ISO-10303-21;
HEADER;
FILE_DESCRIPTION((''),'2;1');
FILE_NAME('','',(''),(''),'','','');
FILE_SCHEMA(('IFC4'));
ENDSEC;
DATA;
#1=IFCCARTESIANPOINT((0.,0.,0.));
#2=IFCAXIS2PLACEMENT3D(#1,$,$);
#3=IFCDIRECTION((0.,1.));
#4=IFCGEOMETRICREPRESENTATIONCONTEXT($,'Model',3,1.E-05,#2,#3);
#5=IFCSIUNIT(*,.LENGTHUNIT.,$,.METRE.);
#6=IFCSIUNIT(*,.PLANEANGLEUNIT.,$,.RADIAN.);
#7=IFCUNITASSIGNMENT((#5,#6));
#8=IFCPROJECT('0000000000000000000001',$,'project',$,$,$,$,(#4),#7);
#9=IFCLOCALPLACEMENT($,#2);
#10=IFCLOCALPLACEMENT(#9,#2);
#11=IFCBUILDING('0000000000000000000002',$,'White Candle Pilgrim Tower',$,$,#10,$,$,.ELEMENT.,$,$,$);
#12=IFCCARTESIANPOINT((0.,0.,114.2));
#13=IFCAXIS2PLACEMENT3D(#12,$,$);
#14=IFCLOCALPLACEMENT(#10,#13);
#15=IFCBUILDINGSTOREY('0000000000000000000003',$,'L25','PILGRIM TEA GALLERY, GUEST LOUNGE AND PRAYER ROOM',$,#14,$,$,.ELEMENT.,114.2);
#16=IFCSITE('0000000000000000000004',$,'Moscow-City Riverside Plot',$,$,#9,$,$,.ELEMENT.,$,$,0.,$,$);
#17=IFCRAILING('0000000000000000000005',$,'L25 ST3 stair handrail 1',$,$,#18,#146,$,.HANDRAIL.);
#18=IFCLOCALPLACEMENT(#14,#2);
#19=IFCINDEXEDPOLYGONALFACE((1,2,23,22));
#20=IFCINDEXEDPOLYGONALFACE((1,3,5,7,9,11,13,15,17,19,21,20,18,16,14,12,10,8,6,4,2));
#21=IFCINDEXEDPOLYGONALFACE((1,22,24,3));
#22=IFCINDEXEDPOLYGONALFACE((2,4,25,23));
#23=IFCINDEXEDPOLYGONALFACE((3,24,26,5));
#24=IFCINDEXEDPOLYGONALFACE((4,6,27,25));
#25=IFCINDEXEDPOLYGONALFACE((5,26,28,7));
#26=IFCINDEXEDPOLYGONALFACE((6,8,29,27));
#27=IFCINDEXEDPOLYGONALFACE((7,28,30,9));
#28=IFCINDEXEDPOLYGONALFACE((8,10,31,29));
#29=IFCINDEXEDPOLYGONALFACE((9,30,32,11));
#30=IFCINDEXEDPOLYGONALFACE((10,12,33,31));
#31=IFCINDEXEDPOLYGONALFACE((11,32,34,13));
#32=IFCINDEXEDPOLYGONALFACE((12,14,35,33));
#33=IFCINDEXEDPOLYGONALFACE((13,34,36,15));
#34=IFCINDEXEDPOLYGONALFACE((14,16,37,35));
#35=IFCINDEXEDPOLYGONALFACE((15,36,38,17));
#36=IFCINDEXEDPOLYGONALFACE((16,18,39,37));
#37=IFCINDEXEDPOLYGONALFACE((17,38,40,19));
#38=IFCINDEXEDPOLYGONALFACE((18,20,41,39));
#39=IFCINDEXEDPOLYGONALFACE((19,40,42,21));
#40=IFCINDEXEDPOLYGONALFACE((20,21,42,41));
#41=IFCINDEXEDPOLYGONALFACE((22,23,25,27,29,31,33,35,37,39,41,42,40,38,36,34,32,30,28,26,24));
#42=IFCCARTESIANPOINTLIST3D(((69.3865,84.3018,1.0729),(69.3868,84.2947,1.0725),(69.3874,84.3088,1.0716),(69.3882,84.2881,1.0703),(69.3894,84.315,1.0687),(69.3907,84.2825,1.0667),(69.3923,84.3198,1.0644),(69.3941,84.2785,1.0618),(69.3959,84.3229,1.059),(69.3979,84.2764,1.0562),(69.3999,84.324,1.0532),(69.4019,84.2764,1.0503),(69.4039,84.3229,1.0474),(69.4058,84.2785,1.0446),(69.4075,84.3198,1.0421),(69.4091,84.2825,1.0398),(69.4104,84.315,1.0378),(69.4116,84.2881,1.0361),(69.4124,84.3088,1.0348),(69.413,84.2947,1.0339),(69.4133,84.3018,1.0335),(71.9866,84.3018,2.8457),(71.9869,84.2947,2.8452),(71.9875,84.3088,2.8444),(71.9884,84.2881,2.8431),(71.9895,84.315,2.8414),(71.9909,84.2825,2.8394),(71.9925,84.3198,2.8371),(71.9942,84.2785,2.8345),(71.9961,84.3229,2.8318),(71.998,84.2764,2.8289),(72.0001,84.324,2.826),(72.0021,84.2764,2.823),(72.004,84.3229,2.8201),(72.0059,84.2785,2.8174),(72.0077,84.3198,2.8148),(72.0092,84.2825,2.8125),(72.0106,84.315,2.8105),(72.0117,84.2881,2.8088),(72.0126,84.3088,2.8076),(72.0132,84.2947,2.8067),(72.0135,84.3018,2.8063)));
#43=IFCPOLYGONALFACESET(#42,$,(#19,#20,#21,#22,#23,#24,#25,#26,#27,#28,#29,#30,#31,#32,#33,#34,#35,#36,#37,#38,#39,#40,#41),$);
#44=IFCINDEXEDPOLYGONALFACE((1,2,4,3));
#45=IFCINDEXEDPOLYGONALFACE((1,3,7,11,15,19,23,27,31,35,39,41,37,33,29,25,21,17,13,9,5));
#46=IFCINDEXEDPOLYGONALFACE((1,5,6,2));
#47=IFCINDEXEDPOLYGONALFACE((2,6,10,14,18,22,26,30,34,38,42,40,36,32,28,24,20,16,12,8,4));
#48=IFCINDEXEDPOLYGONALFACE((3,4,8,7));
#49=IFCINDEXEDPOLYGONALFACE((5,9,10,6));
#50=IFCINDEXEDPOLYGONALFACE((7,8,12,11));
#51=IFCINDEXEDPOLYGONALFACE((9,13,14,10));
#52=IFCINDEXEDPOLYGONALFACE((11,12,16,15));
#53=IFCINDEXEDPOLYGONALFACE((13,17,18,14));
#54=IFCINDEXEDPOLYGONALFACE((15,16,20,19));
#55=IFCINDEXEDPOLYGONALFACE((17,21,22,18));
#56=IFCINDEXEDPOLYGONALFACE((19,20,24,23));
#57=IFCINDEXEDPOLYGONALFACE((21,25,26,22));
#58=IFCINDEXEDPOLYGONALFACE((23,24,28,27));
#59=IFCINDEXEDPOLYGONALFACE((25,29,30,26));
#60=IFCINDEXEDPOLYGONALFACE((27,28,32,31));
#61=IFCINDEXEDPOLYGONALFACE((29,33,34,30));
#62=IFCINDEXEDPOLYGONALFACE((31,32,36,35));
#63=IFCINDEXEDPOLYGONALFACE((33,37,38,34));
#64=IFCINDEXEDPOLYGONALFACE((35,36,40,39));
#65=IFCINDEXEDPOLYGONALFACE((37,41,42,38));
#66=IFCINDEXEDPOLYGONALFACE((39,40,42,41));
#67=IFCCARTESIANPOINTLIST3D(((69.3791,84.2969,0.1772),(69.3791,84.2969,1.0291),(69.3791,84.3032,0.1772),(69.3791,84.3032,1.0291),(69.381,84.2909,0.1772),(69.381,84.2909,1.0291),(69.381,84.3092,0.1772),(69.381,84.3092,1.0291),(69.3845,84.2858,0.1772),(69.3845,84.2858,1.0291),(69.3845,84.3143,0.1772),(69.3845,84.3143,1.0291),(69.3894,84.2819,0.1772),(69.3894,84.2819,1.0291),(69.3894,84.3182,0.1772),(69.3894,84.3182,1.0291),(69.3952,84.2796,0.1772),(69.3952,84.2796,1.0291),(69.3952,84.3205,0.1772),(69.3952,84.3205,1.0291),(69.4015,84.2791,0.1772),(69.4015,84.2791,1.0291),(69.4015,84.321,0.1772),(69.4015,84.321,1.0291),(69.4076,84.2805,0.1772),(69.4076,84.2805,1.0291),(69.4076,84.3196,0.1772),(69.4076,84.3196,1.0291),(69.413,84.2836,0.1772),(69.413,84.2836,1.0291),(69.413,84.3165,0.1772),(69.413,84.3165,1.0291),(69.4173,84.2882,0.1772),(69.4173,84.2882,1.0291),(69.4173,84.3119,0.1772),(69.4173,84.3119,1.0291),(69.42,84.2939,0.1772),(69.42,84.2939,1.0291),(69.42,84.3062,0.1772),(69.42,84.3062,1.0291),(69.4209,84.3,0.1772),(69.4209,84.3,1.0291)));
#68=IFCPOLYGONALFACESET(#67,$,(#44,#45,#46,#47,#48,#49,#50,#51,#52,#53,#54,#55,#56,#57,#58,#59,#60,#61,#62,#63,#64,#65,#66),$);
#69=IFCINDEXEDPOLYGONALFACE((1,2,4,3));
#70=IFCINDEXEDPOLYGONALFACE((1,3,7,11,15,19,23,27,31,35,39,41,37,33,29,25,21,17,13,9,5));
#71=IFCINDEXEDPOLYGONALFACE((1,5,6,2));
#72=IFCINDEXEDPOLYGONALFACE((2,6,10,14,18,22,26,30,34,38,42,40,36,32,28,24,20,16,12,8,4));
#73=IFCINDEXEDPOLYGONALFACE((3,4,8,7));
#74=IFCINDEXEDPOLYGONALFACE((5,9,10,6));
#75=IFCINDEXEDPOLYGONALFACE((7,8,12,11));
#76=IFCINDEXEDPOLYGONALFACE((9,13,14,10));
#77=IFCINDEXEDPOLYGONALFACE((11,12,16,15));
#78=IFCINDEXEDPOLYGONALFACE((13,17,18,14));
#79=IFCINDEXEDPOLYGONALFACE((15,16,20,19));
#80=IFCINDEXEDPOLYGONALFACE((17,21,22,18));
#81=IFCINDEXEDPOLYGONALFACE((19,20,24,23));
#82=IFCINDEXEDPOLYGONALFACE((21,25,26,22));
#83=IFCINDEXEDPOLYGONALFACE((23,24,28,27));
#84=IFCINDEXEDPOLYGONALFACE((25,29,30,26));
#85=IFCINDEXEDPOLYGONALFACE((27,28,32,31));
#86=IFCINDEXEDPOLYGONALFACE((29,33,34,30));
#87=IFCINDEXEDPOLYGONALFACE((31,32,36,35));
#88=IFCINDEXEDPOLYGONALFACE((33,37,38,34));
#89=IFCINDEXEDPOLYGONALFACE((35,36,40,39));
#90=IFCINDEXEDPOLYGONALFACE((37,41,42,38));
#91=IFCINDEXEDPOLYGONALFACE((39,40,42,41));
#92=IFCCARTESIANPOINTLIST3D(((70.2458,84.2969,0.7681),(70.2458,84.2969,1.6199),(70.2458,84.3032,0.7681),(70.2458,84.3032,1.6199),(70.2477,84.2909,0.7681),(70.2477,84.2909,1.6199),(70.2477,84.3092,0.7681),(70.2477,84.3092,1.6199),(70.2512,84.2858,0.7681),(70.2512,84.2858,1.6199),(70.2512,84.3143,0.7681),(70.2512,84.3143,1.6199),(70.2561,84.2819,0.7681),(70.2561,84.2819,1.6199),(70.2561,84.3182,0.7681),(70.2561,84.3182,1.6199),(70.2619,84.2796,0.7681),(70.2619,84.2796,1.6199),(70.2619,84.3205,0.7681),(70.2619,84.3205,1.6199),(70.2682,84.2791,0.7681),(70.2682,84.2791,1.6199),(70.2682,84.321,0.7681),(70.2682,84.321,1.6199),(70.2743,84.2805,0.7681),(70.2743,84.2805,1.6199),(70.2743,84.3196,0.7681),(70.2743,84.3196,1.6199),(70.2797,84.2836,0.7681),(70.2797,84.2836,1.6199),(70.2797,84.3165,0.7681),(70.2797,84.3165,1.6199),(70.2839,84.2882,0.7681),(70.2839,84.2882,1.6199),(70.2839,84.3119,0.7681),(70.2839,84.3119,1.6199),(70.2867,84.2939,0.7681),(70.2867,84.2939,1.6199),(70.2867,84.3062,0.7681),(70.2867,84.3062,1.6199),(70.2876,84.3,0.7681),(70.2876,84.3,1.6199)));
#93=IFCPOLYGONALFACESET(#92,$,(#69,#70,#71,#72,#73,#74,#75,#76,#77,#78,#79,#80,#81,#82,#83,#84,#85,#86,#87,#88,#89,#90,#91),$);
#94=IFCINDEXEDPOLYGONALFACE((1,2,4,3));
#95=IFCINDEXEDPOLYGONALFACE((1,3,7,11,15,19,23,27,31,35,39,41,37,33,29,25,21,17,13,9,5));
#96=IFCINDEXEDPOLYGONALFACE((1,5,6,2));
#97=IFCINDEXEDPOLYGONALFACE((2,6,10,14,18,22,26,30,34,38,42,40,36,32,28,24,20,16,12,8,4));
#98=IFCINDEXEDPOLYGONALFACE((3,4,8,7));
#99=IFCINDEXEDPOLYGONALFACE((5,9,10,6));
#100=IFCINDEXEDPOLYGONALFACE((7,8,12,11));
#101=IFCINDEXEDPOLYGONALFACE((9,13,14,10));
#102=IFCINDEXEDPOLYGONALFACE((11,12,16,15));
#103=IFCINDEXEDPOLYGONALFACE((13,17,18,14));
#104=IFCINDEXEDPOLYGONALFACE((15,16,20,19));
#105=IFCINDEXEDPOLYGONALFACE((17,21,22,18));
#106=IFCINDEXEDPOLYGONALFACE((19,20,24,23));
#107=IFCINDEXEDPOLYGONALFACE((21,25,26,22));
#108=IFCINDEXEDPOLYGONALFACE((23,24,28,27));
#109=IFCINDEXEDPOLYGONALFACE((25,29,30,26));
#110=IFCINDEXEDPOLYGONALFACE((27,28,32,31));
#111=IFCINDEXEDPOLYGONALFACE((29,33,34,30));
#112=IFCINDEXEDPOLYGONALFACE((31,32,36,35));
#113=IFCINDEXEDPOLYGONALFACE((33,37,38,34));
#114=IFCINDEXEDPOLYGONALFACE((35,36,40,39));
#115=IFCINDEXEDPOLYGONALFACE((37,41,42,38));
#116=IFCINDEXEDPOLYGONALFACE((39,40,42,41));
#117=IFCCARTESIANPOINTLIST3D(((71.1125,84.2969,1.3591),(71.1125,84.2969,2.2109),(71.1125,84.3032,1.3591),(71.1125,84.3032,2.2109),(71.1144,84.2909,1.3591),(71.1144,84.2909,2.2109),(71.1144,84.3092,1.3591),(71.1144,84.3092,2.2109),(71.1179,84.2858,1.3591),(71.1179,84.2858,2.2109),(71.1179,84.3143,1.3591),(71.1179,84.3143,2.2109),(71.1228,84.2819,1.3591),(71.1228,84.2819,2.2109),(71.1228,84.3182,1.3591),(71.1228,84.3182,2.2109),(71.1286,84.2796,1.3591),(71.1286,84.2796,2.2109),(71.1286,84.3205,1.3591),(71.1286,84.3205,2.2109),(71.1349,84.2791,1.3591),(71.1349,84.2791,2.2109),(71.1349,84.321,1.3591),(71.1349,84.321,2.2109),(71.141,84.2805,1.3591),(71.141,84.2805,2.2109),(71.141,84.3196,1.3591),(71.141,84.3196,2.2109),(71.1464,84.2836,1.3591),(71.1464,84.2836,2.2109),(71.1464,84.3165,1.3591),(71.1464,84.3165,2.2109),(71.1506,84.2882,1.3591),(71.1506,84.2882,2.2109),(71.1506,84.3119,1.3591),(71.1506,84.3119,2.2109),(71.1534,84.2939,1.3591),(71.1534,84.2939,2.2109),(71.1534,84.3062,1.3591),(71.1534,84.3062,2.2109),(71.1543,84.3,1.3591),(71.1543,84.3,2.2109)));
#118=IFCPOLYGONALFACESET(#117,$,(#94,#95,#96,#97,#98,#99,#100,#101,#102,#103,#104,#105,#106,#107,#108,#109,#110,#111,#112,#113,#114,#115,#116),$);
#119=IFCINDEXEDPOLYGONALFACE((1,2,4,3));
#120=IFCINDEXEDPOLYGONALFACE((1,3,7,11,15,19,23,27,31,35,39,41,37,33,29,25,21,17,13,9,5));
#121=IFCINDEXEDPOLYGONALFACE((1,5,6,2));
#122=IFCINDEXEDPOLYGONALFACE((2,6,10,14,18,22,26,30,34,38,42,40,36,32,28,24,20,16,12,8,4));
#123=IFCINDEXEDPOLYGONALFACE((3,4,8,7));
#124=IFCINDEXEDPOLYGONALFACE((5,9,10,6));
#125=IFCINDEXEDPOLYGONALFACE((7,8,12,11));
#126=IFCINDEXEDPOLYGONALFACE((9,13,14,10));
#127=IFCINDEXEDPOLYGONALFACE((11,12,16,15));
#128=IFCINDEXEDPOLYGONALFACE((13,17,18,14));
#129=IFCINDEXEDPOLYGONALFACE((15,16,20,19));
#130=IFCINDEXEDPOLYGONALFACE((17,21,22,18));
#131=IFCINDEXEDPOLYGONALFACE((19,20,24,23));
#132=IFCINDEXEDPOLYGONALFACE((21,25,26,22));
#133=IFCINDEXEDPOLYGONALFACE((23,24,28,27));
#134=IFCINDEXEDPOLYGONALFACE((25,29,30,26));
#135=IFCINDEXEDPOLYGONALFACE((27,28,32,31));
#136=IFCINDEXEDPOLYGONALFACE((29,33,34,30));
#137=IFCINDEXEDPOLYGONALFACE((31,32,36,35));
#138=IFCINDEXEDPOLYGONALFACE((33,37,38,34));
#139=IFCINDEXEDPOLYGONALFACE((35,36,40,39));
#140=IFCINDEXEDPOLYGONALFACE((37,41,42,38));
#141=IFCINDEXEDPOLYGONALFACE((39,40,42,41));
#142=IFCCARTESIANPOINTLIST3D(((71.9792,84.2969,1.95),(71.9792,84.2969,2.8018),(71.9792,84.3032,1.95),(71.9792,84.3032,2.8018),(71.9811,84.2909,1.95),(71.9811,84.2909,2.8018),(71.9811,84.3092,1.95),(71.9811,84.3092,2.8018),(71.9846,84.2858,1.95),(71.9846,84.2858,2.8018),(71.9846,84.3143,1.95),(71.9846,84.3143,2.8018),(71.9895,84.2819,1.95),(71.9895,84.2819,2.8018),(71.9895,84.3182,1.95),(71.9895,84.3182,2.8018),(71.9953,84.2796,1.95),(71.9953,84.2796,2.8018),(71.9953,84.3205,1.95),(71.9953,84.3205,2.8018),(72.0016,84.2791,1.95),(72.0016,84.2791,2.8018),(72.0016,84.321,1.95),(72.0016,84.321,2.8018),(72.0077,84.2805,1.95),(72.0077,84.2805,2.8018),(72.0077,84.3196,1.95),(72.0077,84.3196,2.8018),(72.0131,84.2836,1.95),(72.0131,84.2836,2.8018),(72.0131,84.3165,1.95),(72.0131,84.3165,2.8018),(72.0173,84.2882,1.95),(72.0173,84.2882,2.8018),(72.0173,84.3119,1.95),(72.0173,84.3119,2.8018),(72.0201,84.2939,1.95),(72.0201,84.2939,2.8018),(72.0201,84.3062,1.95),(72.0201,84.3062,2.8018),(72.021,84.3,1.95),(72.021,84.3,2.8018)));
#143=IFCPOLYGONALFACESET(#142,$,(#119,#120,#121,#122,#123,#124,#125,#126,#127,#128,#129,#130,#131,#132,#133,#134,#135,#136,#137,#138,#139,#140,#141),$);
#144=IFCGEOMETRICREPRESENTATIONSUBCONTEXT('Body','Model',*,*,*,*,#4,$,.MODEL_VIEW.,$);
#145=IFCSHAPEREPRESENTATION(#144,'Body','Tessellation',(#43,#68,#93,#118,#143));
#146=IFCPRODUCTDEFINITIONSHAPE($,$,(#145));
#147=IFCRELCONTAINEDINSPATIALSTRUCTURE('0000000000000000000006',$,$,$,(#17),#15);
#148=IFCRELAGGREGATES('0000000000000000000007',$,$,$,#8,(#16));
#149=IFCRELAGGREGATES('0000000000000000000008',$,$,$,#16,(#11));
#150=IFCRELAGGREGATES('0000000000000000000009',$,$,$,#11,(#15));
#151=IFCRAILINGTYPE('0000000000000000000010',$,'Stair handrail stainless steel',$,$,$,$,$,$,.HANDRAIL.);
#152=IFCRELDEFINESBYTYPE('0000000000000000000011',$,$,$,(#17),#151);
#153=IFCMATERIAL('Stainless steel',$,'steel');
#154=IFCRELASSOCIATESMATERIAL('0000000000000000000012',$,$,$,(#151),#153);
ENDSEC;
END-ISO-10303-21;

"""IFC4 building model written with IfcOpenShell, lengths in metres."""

from ifc_helpers import new_model, si_unit, direction, frame, origin, origin_2d, place, context, subcontext, project, spatial, circle, extrude, material, type_object, element, save


model = new_model("IFC4")

# Units and contexts
model_context = context("Model", 3, precision=1e-05, world=origin(), true_north=direction((0.0, 1.0)))
body_context = subcontext(model_context, "Body", "Model", "MODEL_VIEW")
ifc_project = project(units=[si_unit("LENGTHUNIT", "METRE"), si_unit("PLANEANGLEUNIT", "RADIAN")], contexts=[model_context])

# Site, building, storey
site_placement = place(None, origin())
site = spatial("IfcSite", under=ifc_project, at=site_placement, Name="Moscow-City Riverside Plot", CompositionType="ELEMENT", RefElevation=0.0)
building_placement = place(site_placement, origin())
building = spatial("IfcBuilding", under=site, at=building_placement, Name="White Candle Pilgrim Tower", CompositionType="ELEMENT")
storey_placement = place(building_placement, frame((0.0, 0.0, 114.2)))
storey = spatial("IfcBuildingStorey", under=building, at=storey_placement, Name="L25", Description="PILGRIM TEA GALLERY, GUEST LOUNGE AND PRAYER ROOM", CompositionType="ELEMENT", Elevation=114.2)

# Railing
ifc_material_1 = material(Name="Stainless steel", Category="steel")
railing_type_1 = type_object("IfcRailingType", Name="Stair handrail stainless steel", PredefinedType="HANDRAIL", material=ifc_material_1)
railing_1_placement = place(storey_placement, frame((69.3999, 84.3, 0.1772)))
element("IfcRailing", 1, at=railing_1_placement, inside=storey, type_object=railing_type_1, Name="L25 ST3 stair handrail 1", PredefinedType="HANDRAIL", context=body_context, shape_type="SweptSolid", body=[
    extrude(circle(Radius=0.0239, at=origin_2d()), frame((0.0, 0.0, 0.876), z_axis=(0.82624, 0.0, 0.563318), x_axis=(0.0, 1.0, 0.0)), (0.0, 0.0, 1.0), 3.147),
    extrude(circle(Radius=0.021, at=origin_2d()), origin(), (0.0, 0.0, 1.0), 0.8518),
    extrude(circle(Radius=0.021, at=origin_2d()), frame((0.8667, 0.0, 0.5908)), (0.0, 0.0, 1.0), 0.8518),
    extrude(circle(Radius=0.021, at=origin_2d()), frame((1.7334, 0.0, 1.1819)), (0.0, 0.0, 1.0), 0.8518),
    extrude(circle(Radius=0.021, at=origin_2d()), frame((2.6001, 0.0, 1.7727)), (0.0, 0.0, 1.0), 0.8518),
])

save(model, "model.ifc")
